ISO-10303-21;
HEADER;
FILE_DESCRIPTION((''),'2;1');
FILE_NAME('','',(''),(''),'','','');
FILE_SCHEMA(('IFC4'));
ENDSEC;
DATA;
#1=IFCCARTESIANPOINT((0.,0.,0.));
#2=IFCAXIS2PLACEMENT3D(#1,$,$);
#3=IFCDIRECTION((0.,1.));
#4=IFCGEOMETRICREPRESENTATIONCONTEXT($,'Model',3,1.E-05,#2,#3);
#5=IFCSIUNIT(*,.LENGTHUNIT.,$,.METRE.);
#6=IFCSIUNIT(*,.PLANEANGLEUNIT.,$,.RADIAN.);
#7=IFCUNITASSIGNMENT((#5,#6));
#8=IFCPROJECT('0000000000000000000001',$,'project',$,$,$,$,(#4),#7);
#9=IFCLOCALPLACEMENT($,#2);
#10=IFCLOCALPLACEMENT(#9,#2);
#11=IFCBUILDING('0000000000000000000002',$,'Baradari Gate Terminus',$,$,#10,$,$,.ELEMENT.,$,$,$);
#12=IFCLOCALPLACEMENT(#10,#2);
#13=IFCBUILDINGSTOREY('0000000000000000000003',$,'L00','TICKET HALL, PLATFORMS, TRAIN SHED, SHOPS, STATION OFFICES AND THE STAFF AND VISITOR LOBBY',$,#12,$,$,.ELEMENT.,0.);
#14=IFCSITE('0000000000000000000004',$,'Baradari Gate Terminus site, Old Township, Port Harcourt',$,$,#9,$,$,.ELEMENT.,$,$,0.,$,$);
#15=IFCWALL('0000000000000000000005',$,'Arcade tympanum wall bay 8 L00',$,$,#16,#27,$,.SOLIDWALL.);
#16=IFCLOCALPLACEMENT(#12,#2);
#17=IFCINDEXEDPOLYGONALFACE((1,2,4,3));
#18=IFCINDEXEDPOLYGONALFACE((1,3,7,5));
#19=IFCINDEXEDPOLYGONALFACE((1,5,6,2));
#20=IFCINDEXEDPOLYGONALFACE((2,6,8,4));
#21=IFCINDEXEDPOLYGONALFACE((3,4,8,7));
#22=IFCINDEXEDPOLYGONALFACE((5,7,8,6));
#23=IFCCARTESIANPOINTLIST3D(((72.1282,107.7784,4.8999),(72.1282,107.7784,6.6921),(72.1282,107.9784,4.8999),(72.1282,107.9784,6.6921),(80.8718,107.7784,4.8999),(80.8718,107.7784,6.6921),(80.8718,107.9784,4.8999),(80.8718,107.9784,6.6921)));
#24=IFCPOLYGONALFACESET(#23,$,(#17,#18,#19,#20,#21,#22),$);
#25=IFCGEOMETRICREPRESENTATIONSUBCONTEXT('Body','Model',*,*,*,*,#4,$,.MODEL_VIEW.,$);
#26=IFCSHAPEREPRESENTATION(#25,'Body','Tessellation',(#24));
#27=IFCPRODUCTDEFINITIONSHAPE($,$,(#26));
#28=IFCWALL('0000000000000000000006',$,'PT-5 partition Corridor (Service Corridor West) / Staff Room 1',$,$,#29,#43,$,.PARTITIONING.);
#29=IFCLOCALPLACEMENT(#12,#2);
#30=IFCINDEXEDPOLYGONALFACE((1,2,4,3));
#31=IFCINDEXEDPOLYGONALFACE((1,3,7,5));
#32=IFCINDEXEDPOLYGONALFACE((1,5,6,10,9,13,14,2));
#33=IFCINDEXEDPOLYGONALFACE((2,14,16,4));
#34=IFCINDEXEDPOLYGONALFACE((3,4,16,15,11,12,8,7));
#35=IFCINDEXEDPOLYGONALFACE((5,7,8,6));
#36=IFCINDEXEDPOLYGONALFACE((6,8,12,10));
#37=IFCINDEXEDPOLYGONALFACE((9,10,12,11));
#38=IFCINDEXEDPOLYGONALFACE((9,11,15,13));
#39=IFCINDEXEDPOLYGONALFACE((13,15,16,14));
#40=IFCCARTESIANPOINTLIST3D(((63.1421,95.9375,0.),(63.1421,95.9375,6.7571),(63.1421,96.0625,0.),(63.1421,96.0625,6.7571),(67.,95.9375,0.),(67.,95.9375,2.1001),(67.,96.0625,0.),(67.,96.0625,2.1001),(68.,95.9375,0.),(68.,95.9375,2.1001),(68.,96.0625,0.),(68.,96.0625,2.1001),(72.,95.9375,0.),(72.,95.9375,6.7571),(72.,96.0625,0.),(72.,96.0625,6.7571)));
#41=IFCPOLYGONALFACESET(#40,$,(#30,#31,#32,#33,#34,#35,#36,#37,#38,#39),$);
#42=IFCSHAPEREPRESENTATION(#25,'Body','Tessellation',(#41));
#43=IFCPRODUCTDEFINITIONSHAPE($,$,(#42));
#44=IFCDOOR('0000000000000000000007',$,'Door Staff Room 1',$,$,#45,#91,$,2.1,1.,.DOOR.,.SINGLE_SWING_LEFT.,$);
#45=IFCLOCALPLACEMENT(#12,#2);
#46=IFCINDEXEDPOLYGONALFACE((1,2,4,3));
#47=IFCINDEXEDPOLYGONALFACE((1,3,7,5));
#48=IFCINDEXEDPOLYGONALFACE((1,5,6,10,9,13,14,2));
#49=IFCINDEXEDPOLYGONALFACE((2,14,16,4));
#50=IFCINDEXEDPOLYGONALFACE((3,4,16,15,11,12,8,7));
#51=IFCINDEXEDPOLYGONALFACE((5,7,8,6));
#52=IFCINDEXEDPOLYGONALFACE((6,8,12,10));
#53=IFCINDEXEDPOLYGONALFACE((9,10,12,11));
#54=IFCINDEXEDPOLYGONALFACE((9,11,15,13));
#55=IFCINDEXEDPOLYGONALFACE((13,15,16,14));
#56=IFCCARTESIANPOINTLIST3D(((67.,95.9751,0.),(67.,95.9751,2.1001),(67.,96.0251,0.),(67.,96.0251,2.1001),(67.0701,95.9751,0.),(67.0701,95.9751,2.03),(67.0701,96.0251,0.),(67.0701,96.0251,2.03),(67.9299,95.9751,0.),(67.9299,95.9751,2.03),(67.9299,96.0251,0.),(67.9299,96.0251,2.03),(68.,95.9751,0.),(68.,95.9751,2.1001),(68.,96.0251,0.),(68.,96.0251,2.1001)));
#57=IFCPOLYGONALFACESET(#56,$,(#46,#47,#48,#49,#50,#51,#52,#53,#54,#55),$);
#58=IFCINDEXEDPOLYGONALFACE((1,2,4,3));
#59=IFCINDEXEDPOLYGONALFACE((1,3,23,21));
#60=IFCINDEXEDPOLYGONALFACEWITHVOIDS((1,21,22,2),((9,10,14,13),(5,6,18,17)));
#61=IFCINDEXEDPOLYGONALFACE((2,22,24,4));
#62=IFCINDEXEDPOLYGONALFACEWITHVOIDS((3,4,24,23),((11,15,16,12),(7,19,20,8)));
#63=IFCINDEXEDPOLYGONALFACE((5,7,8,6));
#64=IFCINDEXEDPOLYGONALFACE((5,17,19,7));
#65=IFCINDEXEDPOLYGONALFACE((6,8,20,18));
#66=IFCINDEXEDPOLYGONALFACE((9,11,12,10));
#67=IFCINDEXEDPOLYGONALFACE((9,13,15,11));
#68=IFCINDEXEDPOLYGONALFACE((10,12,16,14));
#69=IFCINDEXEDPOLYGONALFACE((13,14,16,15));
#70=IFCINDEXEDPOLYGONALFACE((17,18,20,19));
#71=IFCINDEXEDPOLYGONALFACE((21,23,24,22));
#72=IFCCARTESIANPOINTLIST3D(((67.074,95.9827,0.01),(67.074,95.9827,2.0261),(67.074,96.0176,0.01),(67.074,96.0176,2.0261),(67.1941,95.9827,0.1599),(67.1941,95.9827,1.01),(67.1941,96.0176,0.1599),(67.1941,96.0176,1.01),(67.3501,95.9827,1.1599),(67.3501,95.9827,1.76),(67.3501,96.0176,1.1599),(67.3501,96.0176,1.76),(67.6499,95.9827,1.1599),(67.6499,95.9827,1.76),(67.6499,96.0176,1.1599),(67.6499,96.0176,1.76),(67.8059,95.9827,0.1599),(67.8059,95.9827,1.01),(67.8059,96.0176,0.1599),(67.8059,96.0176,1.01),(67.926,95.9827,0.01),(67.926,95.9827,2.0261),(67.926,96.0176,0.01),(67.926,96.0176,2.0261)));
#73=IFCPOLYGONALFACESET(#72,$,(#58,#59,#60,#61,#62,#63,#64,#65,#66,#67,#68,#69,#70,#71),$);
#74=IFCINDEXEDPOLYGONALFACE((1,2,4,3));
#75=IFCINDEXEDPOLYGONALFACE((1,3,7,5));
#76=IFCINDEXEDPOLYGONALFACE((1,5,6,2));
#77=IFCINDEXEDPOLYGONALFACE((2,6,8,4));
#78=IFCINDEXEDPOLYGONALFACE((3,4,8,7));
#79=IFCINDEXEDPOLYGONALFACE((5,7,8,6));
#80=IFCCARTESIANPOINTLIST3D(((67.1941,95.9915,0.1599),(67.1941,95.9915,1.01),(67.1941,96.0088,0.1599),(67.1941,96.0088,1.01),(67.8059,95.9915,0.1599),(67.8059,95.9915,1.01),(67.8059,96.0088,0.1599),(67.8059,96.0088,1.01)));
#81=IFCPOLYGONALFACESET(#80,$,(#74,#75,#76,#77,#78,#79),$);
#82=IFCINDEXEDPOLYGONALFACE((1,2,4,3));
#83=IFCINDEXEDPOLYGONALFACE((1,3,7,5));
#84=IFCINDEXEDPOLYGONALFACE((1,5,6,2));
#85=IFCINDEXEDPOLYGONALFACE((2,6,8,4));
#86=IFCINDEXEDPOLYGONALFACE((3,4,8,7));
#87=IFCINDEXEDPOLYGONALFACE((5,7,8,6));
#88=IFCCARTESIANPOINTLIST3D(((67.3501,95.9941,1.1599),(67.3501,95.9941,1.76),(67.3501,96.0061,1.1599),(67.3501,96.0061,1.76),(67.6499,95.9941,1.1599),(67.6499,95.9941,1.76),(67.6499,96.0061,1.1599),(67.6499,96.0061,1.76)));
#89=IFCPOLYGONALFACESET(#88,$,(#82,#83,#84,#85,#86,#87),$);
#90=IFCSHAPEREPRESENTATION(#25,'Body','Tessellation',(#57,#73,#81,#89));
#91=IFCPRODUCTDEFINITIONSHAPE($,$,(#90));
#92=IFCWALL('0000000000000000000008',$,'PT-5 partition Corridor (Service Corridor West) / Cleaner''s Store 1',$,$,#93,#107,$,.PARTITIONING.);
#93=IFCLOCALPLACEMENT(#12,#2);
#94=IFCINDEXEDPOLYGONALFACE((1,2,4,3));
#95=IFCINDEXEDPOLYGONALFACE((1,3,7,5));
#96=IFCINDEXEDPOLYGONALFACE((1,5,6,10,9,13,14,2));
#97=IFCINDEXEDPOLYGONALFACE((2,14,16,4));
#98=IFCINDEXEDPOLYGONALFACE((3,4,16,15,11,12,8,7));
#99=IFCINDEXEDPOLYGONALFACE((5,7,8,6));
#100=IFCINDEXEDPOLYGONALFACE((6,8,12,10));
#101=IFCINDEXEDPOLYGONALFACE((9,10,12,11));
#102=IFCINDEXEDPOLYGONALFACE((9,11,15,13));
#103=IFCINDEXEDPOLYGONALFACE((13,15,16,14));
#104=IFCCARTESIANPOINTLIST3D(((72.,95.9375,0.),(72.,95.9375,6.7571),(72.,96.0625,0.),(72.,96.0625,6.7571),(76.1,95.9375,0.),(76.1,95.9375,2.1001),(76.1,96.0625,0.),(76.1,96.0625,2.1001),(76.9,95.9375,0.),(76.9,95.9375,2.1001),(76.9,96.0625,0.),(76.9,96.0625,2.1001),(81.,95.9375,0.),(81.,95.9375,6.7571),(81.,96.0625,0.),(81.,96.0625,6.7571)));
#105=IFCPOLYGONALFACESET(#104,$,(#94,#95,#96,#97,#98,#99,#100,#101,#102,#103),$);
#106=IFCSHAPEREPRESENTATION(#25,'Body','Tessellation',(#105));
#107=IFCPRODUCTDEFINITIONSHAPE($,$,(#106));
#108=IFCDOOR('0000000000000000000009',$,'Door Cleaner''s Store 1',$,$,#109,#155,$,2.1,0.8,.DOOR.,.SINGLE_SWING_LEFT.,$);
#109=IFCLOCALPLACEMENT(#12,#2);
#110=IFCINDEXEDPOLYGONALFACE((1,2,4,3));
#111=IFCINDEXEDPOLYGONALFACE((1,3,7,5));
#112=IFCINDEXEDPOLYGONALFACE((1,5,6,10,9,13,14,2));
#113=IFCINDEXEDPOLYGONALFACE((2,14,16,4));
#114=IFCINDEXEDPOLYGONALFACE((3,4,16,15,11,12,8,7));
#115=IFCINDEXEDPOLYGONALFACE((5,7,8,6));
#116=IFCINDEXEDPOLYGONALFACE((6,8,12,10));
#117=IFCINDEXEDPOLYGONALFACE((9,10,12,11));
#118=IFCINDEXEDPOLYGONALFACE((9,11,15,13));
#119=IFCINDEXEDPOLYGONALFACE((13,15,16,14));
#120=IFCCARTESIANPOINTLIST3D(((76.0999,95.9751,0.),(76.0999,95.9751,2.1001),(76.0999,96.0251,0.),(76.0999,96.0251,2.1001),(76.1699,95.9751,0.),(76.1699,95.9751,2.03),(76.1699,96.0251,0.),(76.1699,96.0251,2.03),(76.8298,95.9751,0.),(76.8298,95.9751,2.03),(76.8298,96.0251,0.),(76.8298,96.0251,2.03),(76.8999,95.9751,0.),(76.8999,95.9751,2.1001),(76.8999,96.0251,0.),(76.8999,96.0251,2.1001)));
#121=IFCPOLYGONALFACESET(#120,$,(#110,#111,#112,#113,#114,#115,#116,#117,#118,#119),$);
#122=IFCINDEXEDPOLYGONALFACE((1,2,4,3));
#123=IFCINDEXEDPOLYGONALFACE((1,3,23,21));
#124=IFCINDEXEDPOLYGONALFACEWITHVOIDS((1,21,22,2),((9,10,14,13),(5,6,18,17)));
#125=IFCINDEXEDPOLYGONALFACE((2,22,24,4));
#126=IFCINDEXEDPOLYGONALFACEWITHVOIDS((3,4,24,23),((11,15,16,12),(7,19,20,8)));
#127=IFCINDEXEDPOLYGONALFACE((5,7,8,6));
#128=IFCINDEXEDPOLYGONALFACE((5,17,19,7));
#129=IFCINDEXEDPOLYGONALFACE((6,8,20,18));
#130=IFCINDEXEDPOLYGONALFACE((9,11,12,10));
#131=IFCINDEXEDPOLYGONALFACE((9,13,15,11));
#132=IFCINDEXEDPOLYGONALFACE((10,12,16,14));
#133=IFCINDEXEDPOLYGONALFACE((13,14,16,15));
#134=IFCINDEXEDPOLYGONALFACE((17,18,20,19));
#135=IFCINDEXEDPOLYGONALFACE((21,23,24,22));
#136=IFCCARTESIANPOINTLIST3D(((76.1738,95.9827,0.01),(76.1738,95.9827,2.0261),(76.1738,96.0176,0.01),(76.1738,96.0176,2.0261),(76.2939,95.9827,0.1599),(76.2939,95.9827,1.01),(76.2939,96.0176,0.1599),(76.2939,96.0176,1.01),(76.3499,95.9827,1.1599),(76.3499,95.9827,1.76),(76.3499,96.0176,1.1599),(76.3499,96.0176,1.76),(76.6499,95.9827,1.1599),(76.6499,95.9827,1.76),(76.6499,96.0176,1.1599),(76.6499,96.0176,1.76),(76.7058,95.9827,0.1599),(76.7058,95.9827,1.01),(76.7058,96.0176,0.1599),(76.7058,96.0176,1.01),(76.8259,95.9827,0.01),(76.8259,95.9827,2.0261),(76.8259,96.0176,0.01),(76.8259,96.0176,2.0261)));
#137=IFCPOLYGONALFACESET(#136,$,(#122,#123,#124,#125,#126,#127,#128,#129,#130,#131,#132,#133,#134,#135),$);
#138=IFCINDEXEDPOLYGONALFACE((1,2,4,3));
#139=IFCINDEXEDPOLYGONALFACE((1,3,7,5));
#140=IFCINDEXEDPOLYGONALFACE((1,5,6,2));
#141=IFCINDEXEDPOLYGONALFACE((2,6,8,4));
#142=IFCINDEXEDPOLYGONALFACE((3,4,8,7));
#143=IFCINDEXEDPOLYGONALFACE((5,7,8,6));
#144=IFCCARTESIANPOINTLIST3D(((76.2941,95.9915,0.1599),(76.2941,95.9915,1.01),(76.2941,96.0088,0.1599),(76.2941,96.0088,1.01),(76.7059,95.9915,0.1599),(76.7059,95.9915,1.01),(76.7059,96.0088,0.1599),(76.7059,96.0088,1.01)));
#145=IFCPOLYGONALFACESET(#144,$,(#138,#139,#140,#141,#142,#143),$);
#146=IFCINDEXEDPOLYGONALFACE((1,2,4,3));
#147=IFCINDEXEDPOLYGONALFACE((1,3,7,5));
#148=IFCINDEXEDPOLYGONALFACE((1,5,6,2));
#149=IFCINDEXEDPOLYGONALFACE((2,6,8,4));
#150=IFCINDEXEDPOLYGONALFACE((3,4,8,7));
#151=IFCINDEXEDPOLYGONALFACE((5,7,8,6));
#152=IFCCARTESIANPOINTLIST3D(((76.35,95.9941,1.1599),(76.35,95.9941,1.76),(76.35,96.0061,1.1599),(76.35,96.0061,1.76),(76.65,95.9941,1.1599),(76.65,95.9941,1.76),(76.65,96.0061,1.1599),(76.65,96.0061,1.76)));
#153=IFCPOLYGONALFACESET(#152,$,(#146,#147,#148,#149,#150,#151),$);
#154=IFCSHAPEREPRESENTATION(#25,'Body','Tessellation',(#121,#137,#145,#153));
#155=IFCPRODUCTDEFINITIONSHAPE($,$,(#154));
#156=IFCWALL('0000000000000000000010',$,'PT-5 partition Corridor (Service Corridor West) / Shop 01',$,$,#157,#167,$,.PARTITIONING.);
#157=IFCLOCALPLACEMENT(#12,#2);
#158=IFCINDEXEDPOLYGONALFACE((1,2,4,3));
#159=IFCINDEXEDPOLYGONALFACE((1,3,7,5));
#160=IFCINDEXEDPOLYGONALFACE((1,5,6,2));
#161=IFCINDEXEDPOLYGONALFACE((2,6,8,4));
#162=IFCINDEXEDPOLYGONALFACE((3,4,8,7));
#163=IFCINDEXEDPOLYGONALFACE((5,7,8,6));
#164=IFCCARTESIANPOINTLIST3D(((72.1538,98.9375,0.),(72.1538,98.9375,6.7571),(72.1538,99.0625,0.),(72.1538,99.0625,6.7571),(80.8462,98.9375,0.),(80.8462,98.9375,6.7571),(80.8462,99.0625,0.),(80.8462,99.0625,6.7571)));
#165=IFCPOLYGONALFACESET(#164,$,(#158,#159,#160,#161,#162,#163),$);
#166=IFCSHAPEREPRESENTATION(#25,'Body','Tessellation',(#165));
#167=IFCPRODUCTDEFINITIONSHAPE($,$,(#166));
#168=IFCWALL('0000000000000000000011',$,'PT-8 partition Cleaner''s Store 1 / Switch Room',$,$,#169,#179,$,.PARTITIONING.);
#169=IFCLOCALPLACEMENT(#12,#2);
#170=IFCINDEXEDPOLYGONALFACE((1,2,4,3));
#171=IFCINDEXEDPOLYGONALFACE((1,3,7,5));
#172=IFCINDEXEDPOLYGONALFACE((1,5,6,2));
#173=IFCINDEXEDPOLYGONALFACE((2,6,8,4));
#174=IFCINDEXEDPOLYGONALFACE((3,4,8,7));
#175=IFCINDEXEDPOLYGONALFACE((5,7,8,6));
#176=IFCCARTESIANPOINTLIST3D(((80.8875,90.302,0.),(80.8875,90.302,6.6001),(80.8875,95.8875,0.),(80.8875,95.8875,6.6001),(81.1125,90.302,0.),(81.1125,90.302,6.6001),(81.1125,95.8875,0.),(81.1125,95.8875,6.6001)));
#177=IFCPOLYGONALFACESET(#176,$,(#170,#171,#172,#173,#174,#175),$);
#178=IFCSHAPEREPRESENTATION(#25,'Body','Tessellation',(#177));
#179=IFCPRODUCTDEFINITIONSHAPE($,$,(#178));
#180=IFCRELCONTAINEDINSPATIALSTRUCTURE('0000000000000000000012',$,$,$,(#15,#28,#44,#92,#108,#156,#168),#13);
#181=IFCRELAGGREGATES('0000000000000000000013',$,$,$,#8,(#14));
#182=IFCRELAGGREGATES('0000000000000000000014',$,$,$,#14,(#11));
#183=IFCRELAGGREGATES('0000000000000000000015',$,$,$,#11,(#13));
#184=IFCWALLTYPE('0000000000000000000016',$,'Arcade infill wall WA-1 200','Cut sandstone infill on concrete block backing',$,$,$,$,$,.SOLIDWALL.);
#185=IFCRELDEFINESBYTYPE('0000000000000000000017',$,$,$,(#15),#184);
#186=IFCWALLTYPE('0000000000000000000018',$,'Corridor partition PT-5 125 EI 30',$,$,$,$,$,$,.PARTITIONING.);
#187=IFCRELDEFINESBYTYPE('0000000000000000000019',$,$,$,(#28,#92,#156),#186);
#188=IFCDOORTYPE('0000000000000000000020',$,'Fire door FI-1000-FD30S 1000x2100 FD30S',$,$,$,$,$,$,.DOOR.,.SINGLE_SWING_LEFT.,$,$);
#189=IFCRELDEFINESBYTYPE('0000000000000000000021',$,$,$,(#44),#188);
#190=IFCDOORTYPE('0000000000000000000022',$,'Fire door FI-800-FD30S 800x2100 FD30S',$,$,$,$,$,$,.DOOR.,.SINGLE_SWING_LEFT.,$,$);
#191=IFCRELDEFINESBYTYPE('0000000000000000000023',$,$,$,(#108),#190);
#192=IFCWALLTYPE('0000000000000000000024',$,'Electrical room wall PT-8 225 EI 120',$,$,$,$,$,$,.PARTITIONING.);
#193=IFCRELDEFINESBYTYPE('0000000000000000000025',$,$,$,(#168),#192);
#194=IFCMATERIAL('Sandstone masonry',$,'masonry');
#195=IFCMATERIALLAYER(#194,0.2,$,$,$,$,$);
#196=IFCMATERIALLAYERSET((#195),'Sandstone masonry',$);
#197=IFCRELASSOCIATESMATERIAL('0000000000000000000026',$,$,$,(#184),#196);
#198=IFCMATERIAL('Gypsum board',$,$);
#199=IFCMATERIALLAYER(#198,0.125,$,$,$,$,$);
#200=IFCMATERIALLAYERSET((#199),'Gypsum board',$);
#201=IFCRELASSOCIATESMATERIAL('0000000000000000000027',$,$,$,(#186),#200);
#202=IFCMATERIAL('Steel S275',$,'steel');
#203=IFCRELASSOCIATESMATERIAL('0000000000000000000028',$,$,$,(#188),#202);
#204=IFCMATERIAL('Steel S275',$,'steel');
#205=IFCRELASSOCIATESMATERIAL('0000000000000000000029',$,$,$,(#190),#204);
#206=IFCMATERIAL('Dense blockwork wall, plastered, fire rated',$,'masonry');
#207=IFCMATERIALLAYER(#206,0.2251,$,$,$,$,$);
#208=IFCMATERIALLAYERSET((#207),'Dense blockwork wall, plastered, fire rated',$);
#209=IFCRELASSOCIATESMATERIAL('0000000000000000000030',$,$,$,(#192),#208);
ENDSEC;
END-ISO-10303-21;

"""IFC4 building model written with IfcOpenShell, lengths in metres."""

from ifc_helpers import new_model, si_unit, direction, frame, frame_2d, origin, place, context, subcontext, project, spatial, polyline, rectangle, outline, extrude, material, layer, layer_set, type_object, element, fill, save


model = new_model("IFC4")

# Units and contexts
model_context = context("Model", 3, precision=1e-05, world=origin(), true_north=direction((0.0, 1.0)))
body_context = subcontext(model_context, "Body", "Model", "MODEL_VIEW")
ifc_project = project(units=[si_unit("LENGTHUNIT", "METRE"), si_unit("PLANEANGLEUNIT", "RADIAN")], contexts=[model_context])

# Site, building, storey
site_placement = place(None, origin())
site = spatial("IfcSite", under=ifc_project, at=site_placement, Name="Baradari Gate Terminus site, Old Township, Port Harcourt", CompositionType="ELEMENT", RefElevation=0.0)
building_placement = place(site_placement, origin())
building = spatial("IfcBuilding", under=site, at=building_placement, Name="Baradari Gate Terminus", CompositionType="ELEMENT")
storey_placement = place(building_placement, origin())
storey = spatial("IfcBuildingStorey", under=building, at=storey_placement, Name="L00", Description="TICKET HALL, PLATFORMS, TRAIN SHED, SHOPS, STATION OFFICES AND THE STAFF AND VISITOR LOBBY", CompositionType="ELEMENT", Elevation=0.0)

# Wall
ifc_material_1 = material(Name="Sandstone masonry", Category="masonry")
ifc_layer_1 = layer(ifc_material_1, 0.2)
ifc_layer_set_1 = layer_set([ifc_layer_1], Name="Sandstone masonry")
wall_type_1 = type_object("IfcWallType", Name="Arcade infill wall WA-1 200", Description="Cut sandstone infill on concrete block backing", PredefinedType="SOLIDWALL", material=ifc_layer_set_1)
wall_1_placement = place(storey_placement, frame((72.1282, 107.8784, 4.8999), z_axis=(0.0, 0.0, 1.0), x_axis=(1.0, 0.0, 0.0)))
element("IfcWall", 1, at=wall_1_placement, inside=storey, type_object=wall_type_1, Name="Arcade tympanum wall bay 8 L00", PredefinedType="SOLIDWALL", context=body_context, shape_type="SweptSolid", body=[
    extrude(rectangle(XDim=8.7437, YDim=0.2, at=frame_2d((4.3718, 0.0))), origin(), (0.0, 0.0, 1.0), 1.7922),
])

# Walls, openings, doors
ifc_material_2 = material(Name="Gypsum board")
ifc_layer_2 = layer(ifc_material_2, 0.125)
ifc_layer_set_2 = layer_set([ifc_layer_2], Name="Gypsum board")
wall_type_2 = type_object("IfcWallType", Name="Corridor partition PT-5 125 EI 30", PredefinedType="PARTITIONING", material=ifc_layer_set_2)
wall_2_placement = place(storey_placement, frame((72.0, 96.0, 0.0), z_axis=(0.0, 0.0, 1.0), x_axis=(-1.0, 0.0, 0.0)))
wall_2 = element("IfcWall", 2, at=wall_2_placement, inside=storey, type_object=wall_type_2, Name="PT-5 partition Corridor (Service Corridor West) / Staff Room 1", PredefinedType="PARTITIONING", context=body_context, shape_type="SweptSolid", body=[
    extrude(rectangle(XDim=8.8579, YDim=0.125, at=frame_2d((4.429, 0.0))), origin(), (0.0, 0.0, 1.0), 6.7571),
])
opening_1_placement = place(wall_2_placement, frame((4.0, 0.0, 0.0)))
opening_1 = element("IfcOpeningElement", 3, at=opening_1_placement, cuts=wall_2, PredefinedType="OPENING", context=body_context, shape_type="SweptSolid", body=[
    extrude(rectangle(XDim=1.0, YDim=2.1001, at=frame_2d((0.5, 1.05))), frame((0.0, 0.0725, 0.0), z_axis=(0.0, -1.0, 0.0), x_axis=(1.0, 0.0, 0.0)), (0.0, 0.0, 1.0), 0.145),
])
ifc_material_3 = material(Name="Steel S275", Category="steel")
door_type_1 = type_object("IfcDoorType", Name="Fire door FI-1000-FD30S 1000x2100 FD30S", OperationType="SINGLE_SWING_LEFT", PredefinedType="DOOR", material=ifc_material_3)
door_1_placement = place(opening_1_placement, origin())
door_1 = element("IfcDoor", 4, at=door_1_placement, inside=storey, type_object=door_type_1, Name="Door Staff Room 1", OperationType="SINGLE_SWING_LEFT", OverallHeight=2.1, OverallWidth=1.0, PredefinedType="DOOR", context=body_context, shape_type="SweptSolid", body=[
    extrude(outline(polyline([(0.0, 0.0), (0.0701, 0.0), (0.0701, 2.03), (0.9299, 2.03), (0.9299, 0.0), (1.0, 0.0), (1.0, 2.1001), (0.0, 2.1001), (0.0, 0.0)])), frame((0.0, 0.0249, 0.0), z_axis=(0.0, -1.0, 0.0), x_axis=(1.0, 0.0, 0.0)), (0.0, 0.0, 1.0), 0.05),
    extrude(outline(polyline([(0.074, 0.01), (0.926, 0.01), (0.926, 2.0261), (0.074, 2.0261), (0.074, 0.01)]), holes=[polyline([(0.1941, 0.1599), (0.8059, 0.1599), (0.8059, 1.01), (0.1941, 1.01), (0.1941, 0.1599)]), polyline([(0.3501, 1.1599), (0.6499, 1.1599), (0.6499, 1.76), (0.3501, 1.76), (0.3501, 1.1599)])]), frame((0.0, 0.0173, 0.0), z_axis=(0.0, -1.0, 0.0), x_axis=(1.0, 0.0, 0.0)), (0.0, 0.0, 1.0), 0.0349),
    extrude(rectangle(XDim=0.6118, YDim=0.8501, at=frame_2d((0.5, 0.585))), frame((0.0, 0.0085, 0.0), z_axis=(0.0, -1.0, 0.0), x_axis=(1.0, 0.0, 0.0)), (0.0, 0.0, 1.0), 0.0173),
    extrude(rectangle(XDim=0.2998, YDim=0.6001, at=frame_2d((0.5, 1.46))), frame((0.0, 0.0059, 0.0), z_axis=(0.0, -1.0, 0.0), x_axis=(1.0, 0.0, 0.0)), (0.0, 0.0, 1.0), 0.012),
])
fill(opening_1, door_1)
wall_3_placement = place(storey_placement, frame((81.0, 96.0, 0.0), z_axis=(0.0, 0.0, 1.0), x_axis=(-1.0, 0.0, 0.0)))
wall_3 = element("IfcWall", 5, at=wall_3_placement, inside=storey, type_object=wall_type_2, Name="PT-5 partition Corridor (Service Corridor West) / Cleaner's Store 1", PredefinedType="PARTITIONING", context=body_context, shape_type="SweptSolid", body=[
    extrude(rectangle(XDim=9.0, YDim=0.125, at=frame_2d((4.5, 0.0))), origin(), (0.0, 0.0, 1.0), 6.7571),
])
opening_2_placement = place(wall_3_placement, frame((4.1001, 0.0, 0.0)))
opening_2 = element("IfcOpeningElement", 6, at=opening_2_placement, cuts=wall_3, PredefinedType="OPENING", context=body_context, shape_type="SweptSolid", body=[
    extrude(rectangle(XDim=0.8, YDim=2.1001, at=frame_2d((0.3999, 1.05))), frame((0.0, 0.0725, 0.0), z_axis=(0.0, -1.0, 0.0), x_axis=(1.0, 0.0, 0.0)), (0.0, 0.0, 1.0), 0.145),
])
ifc_material_4 = material(Name="Steel S275", Category="steel")
door_type_2 = type_object("IfcDoorType", Name="Fire door FI-800-FD30S 800x2100 FD30S", OperationType="SINGLE_SWING_LEFT", PredefinedType="DOOR", material=ifc_material_4)
door_2_placement = place(opening_2_placement, origin())
door_2 = element("IfcDoor", 7, at=door_2_placement, inside=storey, type_object=door_type_2, Name="Door Cleaner's Store 1", OperationType="SINGLE_SWING_LEFT", OverallHeight=2.1, OverallWidth=0.8, PredefinedType="DOOR", context=body_context, shape_type="SweptSolid", body=[
    extrude(outline(polyline([(0.0, 0.0), (0.0701, 0.0), (0.0701, 2.03), (0.73, 2.03), (0.73, 0.0), (0.8, 0.0), (0.8, 2.1001), (0.0, 2.1001), (0.0, 0.0)])), frame((0.0, 0.0249, 0.0), z_axis=(0.0, -1.0, 0.0), x_axis=(1.0, 0.0, 0.0)), (0.0, 0.0, 1.0), 0.05),
    extrude(outline(polyline([(0.074, 0.01), (0.7261, 0.01), (0.7261, 2.0261), (0.074, 2.0261), (0.074, 0.01)]), holes=[polyline([(0.1941, 0.1599), (0.606, 0.1599), (0.606, 1.01), (0.1941, 1.01), (0.1941, 0.1599)]), polyline([(0.25, 1.1599), (0.55, 1.1599), (0.55, 1.76), (0.25, 1.76), (0.25, 1.1599)])]), frame((0.0, 0.0173, 0.0), z_axis=(0.0, -1.0, 0.0), x_axis=(1.0, 0.0, 0.0)), (0.0, 0.0, 1.0), 0.0349),
    extrude(rectangle(XDim=0.4119, YDim=0.8501, at=frame_2d((0.3999, 0.585))), frame((0.0, 0.0085, 0.0), z_axis=(0.0, -1.0, 0.0), x_axis=(1.0, 0.0, 0.0)), (0.0, 0.0, 1.0), 0.0173),
    extrude(rectangle(XDim=0.3, YDim=0.6001, at=frame_2d((0.3999, 1.46))), frame((0.0, 0.0059, 0.0), z_axis=(0.0, -1.0, 0.0), x_axis=(1.0, 0.0, 0.0)), (0.0, 0.0, 1.0), 0.012),
])
fill(opening_2, door_2)

# Walls
wall_4_placement = place(storey_placement, frame((72.1538, 99.0, 0.0), z_axis=(0.0, 0.0, 1.0), x_axis=(1.0, 0.0, 0.0)))
element("IfcWall", 8, at=wall_4_placement, inside=storey, type_object=wall_type_2, Name="PT-5 partition Corridor (Service Corridor West) / Shop 01", PredefinedType="PARTITIONING", context=body_context, shape_type="SweptSolid", body=[
    extrude(rectangle(XDim=8.6924, YDim=0.125, at=frame_2d((4.3462, 0.0))), origin(), (0.0, 0.0, 1.0), 6.7571),
])
ifc_material_5 = material(Name="Dense blockwork wall, plastered, fire rated", Category="masonry")
ifc_layer_3 = layer(ifc_material_5, 0.2251)
ifc_layer_set_3 = layer_set([ifc_layer_3], Name="Dense blockwork wall, plastered, fire rated")
wall_type_3 = type_object("IfcWallType", Name="Electrical room wall PT-8 225 EI 120", PredefinedType="PARTITIONING", material=ifc_layer_set_3)
wall_5_placement = place(storey_placement, frame((81.0, 95.8875, 0.0), z_axis=(0.0, 0.0, 1.0), x_axis=(0.0, -1.0, 0.0)))
element("IfcWall", 9, at=wall_5_placement, inside=storey, type_object=wall_type_3, Name="PT-8 partition Cleaner's Store 1 / Switch Room", PredefinedType="PARTITIONING", context=body_context, shape_type="SweptSolid", body=[
    extrude(rectangle(XDim=5.5854, YDim=0.2251, at=frame_2d((2.7927, 0.0))), origin(), (0.0, 0.0, 1.0), 6.6001),
])

save(model, "model.ifc")
